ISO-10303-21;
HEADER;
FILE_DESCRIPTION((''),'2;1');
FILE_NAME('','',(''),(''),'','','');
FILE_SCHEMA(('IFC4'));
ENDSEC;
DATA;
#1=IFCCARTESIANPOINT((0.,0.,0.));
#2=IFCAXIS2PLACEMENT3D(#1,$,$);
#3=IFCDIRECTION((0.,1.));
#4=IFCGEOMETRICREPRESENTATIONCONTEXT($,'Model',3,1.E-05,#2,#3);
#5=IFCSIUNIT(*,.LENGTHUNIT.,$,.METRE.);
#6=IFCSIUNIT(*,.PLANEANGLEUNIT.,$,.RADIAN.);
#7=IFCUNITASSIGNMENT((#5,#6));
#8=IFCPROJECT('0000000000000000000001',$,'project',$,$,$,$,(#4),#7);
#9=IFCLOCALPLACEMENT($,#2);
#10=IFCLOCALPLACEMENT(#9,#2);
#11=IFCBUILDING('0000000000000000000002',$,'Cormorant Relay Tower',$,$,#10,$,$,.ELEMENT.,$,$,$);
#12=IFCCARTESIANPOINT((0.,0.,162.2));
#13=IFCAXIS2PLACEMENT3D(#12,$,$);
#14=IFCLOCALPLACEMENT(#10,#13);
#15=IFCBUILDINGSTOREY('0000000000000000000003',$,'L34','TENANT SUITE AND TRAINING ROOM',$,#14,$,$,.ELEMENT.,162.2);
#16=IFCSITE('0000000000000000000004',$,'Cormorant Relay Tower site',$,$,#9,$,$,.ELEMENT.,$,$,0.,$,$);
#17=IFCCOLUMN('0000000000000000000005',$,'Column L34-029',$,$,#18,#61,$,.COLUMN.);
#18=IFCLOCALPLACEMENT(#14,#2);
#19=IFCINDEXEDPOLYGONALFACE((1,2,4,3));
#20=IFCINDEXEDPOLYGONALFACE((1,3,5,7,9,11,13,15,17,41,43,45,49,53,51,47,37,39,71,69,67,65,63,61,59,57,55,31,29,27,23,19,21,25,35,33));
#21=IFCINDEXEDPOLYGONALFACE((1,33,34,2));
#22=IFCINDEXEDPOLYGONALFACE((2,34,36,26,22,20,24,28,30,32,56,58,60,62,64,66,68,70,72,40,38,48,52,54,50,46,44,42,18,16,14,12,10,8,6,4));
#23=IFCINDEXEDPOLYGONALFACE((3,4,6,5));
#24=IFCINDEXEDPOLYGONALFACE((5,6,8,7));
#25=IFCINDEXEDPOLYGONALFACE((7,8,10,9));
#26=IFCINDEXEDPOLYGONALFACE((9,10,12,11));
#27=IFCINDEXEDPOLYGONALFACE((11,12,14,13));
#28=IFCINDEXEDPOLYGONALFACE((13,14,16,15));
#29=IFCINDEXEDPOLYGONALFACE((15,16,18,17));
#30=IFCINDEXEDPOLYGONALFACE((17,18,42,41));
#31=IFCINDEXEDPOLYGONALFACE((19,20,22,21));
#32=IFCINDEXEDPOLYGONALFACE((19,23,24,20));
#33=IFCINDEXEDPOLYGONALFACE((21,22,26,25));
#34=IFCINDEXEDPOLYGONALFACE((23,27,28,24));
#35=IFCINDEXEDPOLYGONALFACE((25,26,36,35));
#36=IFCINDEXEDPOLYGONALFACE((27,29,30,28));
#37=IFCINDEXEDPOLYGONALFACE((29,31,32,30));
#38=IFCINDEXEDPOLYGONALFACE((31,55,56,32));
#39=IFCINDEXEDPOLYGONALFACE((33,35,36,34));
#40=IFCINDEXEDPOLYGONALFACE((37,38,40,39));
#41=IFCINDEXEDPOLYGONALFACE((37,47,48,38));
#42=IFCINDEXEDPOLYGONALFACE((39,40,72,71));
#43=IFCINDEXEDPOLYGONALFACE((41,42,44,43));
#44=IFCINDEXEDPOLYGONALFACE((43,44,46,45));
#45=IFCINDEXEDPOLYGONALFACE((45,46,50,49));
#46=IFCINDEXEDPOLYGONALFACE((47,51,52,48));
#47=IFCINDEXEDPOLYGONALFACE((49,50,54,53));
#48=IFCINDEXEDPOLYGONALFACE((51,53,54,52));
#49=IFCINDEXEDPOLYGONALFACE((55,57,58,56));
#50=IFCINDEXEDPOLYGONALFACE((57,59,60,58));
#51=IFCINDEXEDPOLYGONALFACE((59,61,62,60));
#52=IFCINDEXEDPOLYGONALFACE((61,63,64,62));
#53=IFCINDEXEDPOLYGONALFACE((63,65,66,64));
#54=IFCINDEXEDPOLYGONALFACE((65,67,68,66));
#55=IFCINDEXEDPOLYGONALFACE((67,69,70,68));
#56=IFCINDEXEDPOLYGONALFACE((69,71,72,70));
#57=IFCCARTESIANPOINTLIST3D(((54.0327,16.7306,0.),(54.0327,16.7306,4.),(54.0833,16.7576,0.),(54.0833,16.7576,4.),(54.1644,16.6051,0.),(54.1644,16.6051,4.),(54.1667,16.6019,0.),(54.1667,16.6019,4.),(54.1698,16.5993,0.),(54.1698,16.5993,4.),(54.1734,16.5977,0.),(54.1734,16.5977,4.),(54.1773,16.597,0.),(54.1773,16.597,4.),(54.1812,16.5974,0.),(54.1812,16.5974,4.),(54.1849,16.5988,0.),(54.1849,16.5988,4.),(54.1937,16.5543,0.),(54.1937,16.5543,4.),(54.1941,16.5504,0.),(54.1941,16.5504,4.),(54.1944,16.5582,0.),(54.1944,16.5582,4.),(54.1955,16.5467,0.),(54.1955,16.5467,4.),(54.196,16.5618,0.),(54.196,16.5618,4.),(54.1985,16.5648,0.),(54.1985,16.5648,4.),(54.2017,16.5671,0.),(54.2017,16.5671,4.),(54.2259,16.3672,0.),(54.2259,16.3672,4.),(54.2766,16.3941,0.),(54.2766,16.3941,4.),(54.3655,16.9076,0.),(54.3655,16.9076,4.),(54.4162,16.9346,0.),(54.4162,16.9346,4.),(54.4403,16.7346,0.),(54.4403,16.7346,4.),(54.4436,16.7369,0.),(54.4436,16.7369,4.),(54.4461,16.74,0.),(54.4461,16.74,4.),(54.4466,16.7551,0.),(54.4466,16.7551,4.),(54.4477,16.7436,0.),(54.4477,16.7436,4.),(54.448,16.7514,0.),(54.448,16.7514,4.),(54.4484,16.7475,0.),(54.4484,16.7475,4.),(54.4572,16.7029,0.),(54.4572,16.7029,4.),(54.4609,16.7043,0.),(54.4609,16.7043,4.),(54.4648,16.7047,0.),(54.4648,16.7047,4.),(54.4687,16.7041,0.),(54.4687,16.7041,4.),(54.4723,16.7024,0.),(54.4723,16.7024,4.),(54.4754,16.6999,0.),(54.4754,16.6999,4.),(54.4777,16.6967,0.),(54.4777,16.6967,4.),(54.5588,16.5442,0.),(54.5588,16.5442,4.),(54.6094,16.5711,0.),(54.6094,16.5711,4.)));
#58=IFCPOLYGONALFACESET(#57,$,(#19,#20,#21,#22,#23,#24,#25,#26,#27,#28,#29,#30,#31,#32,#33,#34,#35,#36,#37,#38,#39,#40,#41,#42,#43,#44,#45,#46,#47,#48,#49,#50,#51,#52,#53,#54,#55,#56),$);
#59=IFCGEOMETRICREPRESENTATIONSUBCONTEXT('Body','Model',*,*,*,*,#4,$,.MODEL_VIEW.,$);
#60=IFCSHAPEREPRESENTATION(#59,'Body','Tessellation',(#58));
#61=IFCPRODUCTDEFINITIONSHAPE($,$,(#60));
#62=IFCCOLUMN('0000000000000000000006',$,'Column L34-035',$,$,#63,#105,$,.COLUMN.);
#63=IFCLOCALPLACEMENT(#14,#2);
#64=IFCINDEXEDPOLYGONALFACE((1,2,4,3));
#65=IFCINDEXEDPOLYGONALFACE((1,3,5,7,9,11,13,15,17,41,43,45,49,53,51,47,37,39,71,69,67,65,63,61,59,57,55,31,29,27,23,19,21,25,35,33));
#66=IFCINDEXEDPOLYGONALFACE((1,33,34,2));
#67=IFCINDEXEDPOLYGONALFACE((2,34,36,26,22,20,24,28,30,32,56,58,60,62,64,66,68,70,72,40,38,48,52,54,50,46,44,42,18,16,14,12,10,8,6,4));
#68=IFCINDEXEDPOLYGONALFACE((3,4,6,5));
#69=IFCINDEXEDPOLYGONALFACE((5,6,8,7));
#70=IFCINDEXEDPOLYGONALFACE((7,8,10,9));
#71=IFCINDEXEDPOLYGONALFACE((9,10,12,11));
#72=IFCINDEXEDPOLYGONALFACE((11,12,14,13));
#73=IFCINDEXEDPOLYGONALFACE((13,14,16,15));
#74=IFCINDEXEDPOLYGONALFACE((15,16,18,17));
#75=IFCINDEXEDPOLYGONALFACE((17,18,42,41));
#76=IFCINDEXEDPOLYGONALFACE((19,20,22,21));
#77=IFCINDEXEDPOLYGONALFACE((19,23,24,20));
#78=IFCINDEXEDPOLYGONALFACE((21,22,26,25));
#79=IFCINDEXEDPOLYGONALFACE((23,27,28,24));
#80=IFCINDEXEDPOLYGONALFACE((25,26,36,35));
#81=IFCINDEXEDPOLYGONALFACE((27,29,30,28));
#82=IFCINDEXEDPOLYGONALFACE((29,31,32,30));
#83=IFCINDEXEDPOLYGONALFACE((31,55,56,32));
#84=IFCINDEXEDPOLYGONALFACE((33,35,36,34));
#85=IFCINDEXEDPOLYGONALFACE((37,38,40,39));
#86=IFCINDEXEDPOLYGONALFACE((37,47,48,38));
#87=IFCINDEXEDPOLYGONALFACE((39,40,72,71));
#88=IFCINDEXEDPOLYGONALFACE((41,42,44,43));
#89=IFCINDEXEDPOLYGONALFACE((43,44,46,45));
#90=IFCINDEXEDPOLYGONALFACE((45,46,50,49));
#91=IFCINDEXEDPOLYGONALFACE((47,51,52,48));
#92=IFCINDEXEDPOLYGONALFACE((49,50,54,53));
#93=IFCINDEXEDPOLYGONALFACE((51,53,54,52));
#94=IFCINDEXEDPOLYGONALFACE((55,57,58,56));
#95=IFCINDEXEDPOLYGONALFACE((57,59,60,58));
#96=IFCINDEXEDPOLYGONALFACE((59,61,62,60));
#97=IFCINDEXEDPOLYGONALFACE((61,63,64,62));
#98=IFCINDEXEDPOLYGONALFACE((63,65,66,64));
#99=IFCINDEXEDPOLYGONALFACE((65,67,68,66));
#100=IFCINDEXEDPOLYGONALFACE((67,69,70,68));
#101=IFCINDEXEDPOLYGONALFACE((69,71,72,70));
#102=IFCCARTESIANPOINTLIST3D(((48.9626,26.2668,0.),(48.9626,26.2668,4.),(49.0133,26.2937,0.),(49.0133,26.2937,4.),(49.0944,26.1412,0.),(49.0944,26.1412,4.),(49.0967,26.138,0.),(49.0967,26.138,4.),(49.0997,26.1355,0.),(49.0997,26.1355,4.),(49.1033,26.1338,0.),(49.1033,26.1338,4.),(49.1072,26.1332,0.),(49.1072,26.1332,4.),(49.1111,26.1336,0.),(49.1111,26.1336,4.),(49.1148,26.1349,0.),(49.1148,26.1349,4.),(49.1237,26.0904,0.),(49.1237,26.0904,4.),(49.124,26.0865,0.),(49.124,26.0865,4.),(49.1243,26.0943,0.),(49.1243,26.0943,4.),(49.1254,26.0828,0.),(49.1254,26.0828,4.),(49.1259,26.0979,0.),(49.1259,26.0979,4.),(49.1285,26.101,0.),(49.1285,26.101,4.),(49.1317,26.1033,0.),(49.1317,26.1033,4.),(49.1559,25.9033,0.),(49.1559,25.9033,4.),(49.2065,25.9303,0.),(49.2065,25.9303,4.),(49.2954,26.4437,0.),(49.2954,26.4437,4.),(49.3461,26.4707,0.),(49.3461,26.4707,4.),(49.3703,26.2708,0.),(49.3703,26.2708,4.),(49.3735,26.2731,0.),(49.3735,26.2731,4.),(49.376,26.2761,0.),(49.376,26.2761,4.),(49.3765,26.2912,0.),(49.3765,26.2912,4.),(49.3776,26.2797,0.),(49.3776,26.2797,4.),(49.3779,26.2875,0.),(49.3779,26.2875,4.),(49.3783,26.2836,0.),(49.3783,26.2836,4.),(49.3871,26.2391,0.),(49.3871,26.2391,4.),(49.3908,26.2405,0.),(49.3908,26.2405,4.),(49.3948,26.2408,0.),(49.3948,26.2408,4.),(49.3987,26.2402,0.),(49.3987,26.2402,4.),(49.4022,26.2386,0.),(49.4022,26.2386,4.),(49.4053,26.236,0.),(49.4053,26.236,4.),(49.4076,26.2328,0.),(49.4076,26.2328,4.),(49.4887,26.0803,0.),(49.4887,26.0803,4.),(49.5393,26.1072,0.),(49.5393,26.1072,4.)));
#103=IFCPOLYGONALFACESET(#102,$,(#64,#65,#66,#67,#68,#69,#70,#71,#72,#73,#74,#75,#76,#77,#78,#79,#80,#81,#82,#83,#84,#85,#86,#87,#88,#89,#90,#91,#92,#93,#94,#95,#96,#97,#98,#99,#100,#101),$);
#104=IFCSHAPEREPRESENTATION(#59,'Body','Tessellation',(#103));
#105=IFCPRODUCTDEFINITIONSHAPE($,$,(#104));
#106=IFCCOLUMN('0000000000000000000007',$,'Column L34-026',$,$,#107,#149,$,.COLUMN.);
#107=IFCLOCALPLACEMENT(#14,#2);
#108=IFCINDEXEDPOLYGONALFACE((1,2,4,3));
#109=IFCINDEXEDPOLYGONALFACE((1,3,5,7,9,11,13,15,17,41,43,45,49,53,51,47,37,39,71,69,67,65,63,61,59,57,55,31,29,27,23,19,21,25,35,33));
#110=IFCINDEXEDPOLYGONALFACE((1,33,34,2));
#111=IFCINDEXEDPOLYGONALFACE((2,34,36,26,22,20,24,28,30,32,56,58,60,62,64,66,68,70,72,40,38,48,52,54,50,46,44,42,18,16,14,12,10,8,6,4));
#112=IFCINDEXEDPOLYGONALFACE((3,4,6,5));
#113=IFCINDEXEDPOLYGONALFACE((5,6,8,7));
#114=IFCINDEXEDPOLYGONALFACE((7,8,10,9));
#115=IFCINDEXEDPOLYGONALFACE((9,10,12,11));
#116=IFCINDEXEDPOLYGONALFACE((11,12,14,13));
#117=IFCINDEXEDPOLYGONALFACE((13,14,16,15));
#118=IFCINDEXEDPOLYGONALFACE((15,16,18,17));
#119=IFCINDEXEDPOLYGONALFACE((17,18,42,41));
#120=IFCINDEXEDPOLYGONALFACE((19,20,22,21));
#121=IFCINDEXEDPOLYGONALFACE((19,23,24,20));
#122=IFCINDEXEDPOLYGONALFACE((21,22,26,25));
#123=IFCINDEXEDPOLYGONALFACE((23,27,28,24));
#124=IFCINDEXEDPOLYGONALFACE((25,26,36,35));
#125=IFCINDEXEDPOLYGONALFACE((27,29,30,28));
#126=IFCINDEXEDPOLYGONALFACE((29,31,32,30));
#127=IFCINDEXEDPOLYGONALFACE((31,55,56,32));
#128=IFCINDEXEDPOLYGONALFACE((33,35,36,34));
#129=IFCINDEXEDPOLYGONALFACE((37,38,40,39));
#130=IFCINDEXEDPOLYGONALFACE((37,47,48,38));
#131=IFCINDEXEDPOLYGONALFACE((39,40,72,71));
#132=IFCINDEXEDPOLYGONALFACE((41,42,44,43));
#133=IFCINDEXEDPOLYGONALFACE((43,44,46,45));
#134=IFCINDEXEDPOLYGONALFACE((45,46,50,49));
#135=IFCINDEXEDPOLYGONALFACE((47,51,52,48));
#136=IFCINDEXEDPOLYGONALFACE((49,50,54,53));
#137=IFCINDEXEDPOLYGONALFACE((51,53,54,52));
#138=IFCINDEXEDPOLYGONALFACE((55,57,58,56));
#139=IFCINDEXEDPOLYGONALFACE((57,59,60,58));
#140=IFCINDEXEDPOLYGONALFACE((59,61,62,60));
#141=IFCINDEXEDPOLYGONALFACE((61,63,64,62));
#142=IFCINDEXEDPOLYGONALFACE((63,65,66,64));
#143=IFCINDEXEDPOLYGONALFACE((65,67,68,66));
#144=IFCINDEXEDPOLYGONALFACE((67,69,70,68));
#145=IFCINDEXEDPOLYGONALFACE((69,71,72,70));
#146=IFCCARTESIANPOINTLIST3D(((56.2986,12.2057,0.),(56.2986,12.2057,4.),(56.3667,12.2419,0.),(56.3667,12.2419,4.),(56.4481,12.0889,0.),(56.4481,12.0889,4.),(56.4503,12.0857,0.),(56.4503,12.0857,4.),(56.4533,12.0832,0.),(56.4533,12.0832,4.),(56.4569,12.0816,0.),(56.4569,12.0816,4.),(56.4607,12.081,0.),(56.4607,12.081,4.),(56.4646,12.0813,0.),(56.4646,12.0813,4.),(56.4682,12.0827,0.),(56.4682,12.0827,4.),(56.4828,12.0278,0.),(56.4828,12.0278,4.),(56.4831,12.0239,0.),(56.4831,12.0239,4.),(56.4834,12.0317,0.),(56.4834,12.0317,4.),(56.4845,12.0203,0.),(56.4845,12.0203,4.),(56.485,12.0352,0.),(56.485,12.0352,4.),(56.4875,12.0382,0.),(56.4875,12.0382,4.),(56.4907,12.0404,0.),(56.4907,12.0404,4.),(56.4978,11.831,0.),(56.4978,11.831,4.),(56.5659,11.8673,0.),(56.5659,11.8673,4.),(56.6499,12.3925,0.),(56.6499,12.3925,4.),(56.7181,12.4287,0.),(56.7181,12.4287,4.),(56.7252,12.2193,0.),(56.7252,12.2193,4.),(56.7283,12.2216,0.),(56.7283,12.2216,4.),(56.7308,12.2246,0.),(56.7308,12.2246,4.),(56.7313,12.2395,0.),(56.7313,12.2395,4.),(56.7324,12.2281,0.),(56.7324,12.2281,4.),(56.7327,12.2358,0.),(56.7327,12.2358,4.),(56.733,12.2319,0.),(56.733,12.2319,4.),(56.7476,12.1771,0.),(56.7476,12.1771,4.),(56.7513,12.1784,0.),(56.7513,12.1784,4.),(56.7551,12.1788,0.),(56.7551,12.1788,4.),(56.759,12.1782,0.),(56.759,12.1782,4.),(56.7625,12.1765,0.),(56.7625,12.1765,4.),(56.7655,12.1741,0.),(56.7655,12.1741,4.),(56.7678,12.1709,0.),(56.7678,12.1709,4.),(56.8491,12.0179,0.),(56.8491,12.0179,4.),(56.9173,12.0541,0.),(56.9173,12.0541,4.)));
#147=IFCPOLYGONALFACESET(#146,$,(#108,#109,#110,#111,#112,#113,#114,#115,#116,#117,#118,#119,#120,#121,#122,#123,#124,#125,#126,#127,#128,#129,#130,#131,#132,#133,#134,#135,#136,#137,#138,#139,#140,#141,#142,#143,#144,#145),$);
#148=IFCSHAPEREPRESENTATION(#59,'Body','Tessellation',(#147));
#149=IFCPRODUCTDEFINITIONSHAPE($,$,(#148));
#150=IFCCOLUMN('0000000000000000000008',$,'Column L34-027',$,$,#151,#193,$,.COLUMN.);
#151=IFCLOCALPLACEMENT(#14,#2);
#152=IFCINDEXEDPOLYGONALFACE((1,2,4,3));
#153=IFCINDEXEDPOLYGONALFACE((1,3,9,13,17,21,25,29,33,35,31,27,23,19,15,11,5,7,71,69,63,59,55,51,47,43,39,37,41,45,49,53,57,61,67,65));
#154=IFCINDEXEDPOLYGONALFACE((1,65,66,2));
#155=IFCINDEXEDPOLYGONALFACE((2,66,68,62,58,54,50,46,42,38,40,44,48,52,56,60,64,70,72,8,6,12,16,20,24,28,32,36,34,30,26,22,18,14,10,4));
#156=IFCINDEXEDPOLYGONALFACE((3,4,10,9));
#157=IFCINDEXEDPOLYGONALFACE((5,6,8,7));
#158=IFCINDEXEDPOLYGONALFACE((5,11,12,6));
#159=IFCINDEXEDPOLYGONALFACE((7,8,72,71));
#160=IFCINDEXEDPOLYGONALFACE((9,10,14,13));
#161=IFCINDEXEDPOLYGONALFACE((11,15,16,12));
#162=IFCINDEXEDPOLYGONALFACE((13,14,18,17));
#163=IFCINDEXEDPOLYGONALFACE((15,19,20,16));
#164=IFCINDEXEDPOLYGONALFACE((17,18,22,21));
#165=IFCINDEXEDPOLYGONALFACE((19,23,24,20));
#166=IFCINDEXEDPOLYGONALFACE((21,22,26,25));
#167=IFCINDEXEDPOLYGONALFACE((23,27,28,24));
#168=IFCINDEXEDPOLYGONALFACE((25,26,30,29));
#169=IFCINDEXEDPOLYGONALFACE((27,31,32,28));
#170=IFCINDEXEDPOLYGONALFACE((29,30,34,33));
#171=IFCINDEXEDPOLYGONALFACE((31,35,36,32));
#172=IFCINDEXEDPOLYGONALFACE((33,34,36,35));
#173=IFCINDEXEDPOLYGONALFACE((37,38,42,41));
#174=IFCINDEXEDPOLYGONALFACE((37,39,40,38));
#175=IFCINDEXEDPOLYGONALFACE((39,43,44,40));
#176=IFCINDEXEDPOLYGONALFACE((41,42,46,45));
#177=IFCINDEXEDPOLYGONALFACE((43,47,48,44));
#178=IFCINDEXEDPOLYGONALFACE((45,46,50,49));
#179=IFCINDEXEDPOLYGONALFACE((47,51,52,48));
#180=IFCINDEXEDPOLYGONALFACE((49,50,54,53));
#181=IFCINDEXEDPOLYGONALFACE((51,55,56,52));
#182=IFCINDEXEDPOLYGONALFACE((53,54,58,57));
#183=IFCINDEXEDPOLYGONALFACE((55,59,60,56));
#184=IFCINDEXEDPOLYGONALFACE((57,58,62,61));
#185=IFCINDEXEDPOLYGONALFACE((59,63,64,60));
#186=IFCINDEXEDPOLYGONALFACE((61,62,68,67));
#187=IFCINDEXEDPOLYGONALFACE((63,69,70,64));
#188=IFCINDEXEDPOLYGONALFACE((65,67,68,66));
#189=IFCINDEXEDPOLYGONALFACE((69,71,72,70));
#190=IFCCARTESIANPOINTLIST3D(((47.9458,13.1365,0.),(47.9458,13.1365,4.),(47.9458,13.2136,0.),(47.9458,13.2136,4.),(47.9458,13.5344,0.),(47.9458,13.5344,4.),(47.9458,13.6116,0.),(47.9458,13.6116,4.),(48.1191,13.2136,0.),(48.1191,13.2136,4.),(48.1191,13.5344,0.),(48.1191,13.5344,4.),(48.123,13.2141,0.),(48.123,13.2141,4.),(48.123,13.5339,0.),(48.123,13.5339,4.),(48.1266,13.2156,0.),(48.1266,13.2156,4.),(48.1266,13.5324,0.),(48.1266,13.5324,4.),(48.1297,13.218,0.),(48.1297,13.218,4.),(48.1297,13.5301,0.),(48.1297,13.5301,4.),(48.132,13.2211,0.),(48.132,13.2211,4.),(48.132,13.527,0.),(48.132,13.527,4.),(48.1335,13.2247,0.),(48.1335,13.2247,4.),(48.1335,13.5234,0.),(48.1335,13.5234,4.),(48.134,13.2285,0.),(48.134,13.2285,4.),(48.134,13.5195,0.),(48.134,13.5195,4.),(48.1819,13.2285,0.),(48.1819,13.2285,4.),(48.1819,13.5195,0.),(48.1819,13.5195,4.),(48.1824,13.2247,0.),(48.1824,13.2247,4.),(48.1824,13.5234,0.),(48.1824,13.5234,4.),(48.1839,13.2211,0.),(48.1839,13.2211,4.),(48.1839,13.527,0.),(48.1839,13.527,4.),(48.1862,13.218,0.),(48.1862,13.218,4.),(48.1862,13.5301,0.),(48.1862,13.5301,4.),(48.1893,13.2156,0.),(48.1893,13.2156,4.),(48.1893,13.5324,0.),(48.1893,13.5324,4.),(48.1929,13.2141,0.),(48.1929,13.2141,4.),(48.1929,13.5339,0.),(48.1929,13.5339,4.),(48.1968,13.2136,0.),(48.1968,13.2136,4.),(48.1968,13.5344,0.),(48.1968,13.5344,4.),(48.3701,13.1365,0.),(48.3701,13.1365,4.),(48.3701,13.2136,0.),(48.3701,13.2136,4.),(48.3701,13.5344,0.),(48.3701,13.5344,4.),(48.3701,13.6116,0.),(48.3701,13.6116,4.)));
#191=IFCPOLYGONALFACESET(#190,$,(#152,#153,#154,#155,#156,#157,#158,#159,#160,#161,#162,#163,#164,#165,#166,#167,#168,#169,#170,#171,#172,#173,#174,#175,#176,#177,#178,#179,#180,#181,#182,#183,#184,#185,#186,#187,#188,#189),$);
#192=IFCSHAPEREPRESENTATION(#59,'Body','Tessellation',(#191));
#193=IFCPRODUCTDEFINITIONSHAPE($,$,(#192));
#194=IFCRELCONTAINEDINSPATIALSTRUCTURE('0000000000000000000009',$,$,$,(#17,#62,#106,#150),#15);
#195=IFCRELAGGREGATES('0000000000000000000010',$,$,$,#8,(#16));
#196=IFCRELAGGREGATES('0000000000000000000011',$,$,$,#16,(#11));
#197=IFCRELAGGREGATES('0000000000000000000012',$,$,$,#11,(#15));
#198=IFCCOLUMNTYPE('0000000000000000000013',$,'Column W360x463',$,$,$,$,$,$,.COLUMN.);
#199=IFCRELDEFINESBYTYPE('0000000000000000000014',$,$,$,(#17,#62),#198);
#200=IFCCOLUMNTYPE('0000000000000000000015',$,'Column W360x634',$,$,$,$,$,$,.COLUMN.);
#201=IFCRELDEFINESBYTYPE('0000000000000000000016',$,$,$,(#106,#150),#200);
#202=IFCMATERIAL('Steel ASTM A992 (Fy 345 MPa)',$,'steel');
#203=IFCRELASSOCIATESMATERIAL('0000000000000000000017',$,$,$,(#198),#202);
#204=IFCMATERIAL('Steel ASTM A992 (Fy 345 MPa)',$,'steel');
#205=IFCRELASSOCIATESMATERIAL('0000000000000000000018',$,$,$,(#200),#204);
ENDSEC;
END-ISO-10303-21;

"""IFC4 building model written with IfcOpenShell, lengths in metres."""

from ifc_helpers import new_model, si_unit, direction, frame, origin, origin_2d, place, context, subcontext, project, spatial, i_section, extrude, material, material_profile, profile_set, type_object, element, save


model = new_model("IFC4")

# Units and contexts
model_context = context("Model", 3, precision=1e-05, world=origin(), true_north=direction((0.0, 1.0)))
body_context = subcontext(model_context, "Body", "Model", "MODEL_VIEW")
ifc_project = project(units=[si_unit("LENGTHUNIT", "METRE"), si_unit("PLANEANGLEUNIT", "RADIAN")], contexts=[model_context])

# Site, building, storey
site_placement = place(None, origin())
site = spatial("IfcSite", under=ifc_project, at=site_placement, Name="Cormorant Relay Tower site", CompositionType="ELEMENT", RefElevation=0.0)
building_placement = place(site_placement, origin())
building = spatial("IfcBuilding", under=site, at=building_placement, Name="Cormorant Relay Tower", CompositionType="ELEMENT")
storey_placement = place(building_placement, frame((0.0, 0.0, 162.2)))
storey = spatial("IfcBuildingStorey", under=building, at=storey_placement, Name="L34", Description="TENANT SUITE AND TRAINING ROOM", CompositionType="ELEMENT", Elevation=162.2)

# Columns
ifc_material_1 = material(Name="Steel ASTM A992 (Fy 345 MPa)", Category="steel")
ifc_material_profile_1 = material_profile(ifc_material_1, i_section(OverallWidth=0.4116, OverallDepth=0.4343, WebThickness=0.0359, FlangeThickness=0.0574, FilletRadius=0.0151, at=origin_2d()), Name="W360x463")
ifc_profile_set_1 = profile_set([ifc_material_profile_1], Name="Steel ASTM A992 (Fy 345 MPa)")
column_type_1 = type_object("IfcColumnType", Name="Column W360x463", PredefinedType="COLUMN", material=ifc_profile_set_1)
for number, where, z_axis, x_axis, name in (
    (1, (54.321, 16.6509, 0.0), (0.0, 0.0, 1.0), (-0.469472, 0.882948, 0.0), "Column L34-029"),
    (2, (49.251, 26.187, 0.0), (0.0, 0.0, 1.0), (-0.469472, 0.882948, 0.0), "Column L34-035"),
):
    element("IfcColumn", number, at=place(storey_placement, frame(where, z_axis=z_axis, x_axis=x_axis)), inside=storey, type_object=column_type_1, Name=name, PredefinedType="COLUMN", context=body_context, shape_type="SweptSolid", body=[
        extrude(i_section(OverallWidth=0.4116, OverallDepth=0.4343, WebThickness=0.0359, FlangeThickness=0.0574, FilletRadius=0.0151, at=origin_2d()), origin(), (0.0, 0.0, 1.0), 4.0),
    ])
ifc_material_2 = material(Name="Steel ASTM A992 (Fy 345 MPa)", Category="steel")
ifc_material_profile_2 = material_profile(ifc_material_2, i_section(OverallWidth=0.4243, OverallDepth=0.4751, WebThickness=0.0479, FlangeThickness=0.0771, FilletRadius=0.0149, at=origin_2d()), Name="W360x634")
ifc_profile_set_2 = profile_set([ifc_material_profile_2], Name="Steel ASTM A992 (Fy 345 MPa)")
column_type_2 = type_object("IfcColumnType", Name="Column W360x634", PredefinedType="COLUMN", material=ifc_profile_set_2)
for number, where, z_axis, x_axis, name in (
    (3, (56.6079, 12.1299, 0.0), (0.0, 0.0, 1.0), (-0.469472, 0.882948, 0.0), "Column L34-026"),
    (4, (48.158, 13.374, 0.0), (0.0, 0.0, 1.0), (1.0, 0.0, 0.0), "Column L34-027"),
):
    element("IfcColumn", number, at=place(storey_placement, frame(where, z_axis=z_axis, x_axis=x_axis)), inside=storey, type_object=column_type_2, Name=name, PredefinedType="COLUMN", context=body_context, shape_type="SweptSolid", body=[
        extrude(i_section(OverallWidth=0.4243, OverallDepth=0.4751, WebThickness=0.0479, FlangeThickness=0.0771, FilletRadius=0.0149, at=origin_2d()), origin(), (0.0, 0.0, 1.0), 4.0),
    ])

save(model, "model.ifc")
